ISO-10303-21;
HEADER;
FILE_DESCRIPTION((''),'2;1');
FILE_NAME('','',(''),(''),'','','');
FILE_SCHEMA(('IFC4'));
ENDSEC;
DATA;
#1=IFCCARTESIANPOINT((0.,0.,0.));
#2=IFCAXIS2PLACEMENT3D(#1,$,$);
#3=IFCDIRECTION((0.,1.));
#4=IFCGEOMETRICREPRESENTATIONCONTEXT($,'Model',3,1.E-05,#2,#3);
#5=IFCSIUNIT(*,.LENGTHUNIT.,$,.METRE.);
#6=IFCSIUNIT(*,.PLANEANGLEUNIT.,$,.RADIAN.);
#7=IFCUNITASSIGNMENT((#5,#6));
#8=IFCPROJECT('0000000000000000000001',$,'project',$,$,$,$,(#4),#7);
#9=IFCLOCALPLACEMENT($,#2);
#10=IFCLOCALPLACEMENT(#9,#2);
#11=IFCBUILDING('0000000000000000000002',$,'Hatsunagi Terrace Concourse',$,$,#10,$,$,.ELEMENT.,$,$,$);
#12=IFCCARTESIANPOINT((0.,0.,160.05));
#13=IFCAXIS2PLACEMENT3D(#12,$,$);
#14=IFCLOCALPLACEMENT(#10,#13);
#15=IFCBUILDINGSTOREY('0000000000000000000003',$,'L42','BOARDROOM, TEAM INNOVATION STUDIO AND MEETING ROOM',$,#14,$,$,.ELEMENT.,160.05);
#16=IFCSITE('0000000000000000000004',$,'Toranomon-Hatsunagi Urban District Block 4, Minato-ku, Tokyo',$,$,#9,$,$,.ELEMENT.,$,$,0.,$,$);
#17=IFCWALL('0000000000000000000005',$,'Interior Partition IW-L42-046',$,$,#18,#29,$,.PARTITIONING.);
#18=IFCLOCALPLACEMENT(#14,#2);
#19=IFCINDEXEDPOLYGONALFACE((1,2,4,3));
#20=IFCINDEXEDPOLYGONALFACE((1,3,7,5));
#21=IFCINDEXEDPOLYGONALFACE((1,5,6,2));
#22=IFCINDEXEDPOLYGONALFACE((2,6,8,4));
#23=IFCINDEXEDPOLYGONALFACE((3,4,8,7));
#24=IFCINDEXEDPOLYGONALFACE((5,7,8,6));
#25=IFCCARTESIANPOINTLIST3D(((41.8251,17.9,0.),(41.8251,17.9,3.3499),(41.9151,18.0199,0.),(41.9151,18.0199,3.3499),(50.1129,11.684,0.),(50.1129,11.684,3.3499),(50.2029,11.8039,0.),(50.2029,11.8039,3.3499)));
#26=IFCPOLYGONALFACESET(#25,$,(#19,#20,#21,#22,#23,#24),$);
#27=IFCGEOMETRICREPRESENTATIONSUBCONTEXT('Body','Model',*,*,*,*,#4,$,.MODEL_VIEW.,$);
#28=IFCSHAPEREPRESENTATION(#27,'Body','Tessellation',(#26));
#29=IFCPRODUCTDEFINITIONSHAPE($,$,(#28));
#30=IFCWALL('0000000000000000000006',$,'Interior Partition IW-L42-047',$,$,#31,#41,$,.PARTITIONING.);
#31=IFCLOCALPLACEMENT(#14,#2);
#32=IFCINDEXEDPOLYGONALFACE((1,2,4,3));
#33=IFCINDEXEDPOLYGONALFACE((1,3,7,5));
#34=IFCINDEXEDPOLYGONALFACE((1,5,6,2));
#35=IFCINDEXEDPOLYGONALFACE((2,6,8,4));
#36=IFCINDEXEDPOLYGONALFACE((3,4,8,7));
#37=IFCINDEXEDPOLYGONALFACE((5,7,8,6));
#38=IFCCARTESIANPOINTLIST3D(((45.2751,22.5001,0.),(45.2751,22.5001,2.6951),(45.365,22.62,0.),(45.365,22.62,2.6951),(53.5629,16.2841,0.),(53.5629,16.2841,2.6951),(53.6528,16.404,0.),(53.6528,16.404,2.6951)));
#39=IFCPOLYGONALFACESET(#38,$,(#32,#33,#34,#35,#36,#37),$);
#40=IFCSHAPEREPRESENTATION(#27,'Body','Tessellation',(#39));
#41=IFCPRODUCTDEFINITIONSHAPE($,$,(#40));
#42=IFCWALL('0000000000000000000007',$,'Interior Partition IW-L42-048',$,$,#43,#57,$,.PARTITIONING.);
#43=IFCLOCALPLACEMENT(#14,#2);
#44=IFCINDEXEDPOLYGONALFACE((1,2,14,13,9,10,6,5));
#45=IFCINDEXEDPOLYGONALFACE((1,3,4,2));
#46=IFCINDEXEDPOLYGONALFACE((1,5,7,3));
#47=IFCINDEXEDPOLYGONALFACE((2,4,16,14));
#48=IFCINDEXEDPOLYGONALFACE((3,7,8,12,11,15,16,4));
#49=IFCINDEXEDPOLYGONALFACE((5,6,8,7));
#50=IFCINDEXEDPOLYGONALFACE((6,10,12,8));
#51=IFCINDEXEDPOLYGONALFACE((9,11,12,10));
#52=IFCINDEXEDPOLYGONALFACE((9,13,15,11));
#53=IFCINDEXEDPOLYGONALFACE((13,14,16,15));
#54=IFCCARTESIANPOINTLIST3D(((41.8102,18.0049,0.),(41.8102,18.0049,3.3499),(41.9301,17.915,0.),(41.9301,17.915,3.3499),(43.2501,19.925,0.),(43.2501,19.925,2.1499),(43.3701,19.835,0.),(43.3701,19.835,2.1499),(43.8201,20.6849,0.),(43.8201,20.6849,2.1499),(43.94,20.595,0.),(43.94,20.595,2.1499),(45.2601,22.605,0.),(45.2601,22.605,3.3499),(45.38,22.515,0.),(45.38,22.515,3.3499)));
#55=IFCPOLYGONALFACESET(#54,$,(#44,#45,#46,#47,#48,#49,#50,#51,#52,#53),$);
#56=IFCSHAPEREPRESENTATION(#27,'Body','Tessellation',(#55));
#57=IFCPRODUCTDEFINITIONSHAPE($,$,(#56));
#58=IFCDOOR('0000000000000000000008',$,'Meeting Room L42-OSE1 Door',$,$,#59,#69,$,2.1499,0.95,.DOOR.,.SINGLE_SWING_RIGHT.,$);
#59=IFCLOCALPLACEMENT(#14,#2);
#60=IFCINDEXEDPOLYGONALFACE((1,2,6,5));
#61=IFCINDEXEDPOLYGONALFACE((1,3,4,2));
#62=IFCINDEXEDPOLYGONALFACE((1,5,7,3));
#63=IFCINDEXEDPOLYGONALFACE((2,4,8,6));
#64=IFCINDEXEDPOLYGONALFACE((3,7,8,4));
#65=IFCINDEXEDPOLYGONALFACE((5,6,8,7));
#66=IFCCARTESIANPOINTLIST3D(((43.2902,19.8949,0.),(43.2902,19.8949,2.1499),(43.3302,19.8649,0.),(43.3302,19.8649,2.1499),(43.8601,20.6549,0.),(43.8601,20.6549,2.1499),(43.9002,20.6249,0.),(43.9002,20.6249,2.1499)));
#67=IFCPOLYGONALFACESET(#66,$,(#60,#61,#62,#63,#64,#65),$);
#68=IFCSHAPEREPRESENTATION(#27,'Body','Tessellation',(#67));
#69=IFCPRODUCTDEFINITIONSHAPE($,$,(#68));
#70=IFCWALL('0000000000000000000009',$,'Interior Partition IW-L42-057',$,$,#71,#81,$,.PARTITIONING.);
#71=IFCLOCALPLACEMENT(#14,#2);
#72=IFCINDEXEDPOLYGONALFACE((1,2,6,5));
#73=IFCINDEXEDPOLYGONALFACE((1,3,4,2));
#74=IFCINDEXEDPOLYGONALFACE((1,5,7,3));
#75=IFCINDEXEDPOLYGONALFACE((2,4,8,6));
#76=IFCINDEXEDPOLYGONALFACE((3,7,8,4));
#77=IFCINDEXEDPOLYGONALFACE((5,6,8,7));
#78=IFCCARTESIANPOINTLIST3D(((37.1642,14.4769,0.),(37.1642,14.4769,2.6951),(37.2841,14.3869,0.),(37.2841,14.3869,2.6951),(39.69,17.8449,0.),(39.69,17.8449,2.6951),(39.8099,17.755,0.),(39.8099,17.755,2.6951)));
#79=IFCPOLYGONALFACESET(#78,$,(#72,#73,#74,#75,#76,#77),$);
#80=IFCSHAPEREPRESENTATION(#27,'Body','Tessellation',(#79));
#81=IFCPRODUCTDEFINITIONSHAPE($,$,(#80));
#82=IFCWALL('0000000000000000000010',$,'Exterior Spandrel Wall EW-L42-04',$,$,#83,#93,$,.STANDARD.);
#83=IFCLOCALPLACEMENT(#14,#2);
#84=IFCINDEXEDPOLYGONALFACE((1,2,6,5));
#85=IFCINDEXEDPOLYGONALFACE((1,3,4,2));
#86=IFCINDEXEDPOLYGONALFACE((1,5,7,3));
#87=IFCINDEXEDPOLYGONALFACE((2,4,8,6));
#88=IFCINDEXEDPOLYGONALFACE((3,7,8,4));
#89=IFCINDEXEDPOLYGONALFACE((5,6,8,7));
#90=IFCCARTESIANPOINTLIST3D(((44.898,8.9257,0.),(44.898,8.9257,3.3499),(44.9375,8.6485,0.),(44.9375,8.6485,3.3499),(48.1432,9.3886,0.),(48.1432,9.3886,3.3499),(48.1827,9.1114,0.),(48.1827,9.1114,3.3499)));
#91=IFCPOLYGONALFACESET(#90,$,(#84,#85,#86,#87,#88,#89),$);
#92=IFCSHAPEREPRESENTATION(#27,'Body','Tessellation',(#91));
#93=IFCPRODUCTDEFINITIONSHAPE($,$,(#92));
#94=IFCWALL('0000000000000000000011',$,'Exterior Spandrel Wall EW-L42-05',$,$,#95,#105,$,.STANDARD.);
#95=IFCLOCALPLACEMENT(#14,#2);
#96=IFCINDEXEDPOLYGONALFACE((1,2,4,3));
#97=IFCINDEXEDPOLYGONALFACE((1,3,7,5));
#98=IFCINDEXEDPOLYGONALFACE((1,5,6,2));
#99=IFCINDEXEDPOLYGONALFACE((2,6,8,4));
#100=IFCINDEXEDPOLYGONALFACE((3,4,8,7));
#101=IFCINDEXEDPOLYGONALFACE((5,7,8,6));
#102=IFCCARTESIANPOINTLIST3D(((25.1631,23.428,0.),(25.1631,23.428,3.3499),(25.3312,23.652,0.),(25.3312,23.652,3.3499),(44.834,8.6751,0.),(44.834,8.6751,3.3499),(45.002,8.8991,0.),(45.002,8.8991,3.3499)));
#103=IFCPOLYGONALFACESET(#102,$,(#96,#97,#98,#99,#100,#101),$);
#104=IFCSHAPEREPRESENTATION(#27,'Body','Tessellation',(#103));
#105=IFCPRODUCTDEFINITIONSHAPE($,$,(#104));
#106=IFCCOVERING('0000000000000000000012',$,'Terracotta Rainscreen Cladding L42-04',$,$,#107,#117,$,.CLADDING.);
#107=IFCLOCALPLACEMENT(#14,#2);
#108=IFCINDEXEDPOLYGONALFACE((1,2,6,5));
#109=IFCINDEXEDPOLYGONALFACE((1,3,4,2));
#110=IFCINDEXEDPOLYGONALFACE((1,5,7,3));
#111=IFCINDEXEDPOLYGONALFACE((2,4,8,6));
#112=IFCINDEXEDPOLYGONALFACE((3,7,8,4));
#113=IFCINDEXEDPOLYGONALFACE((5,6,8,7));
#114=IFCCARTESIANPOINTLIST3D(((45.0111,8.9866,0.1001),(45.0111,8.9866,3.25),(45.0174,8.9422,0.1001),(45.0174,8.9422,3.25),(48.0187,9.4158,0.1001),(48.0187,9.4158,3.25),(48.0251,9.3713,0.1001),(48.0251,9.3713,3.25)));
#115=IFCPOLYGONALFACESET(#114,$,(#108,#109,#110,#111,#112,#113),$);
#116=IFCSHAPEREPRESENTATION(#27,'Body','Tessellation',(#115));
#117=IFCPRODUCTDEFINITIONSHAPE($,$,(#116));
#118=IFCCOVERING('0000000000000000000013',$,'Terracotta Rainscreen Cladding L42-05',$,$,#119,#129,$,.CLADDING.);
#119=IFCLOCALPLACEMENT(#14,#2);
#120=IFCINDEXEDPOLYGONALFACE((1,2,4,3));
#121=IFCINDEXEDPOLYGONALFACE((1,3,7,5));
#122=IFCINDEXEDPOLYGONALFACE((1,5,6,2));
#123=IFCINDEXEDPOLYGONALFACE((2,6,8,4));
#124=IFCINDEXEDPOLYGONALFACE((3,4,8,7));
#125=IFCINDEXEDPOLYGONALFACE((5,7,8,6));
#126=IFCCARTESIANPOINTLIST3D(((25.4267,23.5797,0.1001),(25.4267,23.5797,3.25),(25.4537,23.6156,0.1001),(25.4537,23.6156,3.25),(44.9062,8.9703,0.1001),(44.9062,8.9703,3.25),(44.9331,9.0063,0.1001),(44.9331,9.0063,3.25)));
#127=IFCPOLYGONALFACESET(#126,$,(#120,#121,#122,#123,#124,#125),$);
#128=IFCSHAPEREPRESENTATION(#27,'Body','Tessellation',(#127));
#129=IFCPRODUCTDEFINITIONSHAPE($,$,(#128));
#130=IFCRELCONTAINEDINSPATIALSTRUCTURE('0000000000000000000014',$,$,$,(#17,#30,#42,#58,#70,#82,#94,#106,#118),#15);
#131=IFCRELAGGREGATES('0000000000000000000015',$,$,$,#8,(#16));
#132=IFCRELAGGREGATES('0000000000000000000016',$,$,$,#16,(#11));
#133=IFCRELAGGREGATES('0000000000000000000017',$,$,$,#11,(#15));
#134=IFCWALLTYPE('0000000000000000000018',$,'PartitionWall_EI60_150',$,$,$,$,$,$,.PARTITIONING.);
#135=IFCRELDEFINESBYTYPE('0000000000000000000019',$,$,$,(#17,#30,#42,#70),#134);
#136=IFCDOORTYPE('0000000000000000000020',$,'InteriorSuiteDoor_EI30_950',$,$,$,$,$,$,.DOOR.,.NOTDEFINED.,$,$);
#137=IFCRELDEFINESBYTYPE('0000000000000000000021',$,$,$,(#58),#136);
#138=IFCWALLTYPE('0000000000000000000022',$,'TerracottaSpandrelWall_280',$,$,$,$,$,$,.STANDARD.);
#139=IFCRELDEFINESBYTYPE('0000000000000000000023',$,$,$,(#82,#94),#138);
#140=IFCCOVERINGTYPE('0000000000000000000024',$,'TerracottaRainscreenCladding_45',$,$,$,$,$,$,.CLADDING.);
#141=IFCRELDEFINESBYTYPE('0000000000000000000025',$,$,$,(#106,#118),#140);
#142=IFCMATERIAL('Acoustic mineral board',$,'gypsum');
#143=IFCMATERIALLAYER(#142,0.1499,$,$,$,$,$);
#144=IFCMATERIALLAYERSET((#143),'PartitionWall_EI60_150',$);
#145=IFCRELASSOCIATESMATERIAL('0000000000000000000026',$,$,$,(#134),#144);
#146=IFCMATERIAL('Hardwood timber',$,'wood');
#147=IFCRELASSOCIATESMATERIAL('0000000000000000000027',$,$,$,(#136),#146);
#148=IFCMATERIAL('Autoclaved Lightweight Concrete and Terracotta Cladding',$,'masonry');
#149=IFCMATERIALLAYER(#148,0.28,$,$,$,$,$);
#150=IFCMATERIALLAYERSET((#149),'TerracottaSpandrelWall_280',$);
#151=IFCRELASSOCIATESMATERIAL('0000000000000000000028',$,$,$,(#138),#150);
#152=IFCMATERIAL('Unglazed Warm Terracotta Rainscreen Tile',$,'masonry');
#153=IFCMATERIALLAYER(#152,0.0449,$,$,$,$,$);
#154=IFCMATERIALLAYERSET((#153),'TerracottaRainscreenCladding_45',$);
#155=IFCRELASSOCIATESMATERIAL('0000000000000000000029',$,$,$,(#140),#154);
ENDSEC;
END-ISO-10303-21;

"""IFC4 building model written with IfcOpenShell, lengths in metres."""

from ifc_helpers import new_model, si_unit, direction, frame, frame_2d, origin, origin_2d, place, context, subcontext, project, spatial, rectangle, extrude, material, layer, layer_set, type_object, element, fill, save


model = new_model("IFC4")

# Units and contexts
model_context = context("Model", 3, precision=1e-05, world=origin(), true_north=direction((0.0, 1.0)))
body_context = subcontext(model_context, "Body", "Model", "MODEL_VIEW")
ifc_project = project(units=[si_unit("LENGTHUNIT", "METRE"), si_unit("PLANEANGLEUNIT", "RADIAN")], contexts=[model_context])

# Site, building, storey
site_placement = place(None, origin())
site = spatial("IfcSite", under=ifc_project, at=site_placement, Name="Toranomon-Hatsunagi Urban District Block 4, Minato-ku, Tokyo", CompositionType="ELEMENT", RefElevation=0.0)
building_placement = place(site_placement, origin())
building = spatial("IfcBuilding", under=site, at=building_placement, Name="Hatsunagi Terrace Concourse", CompositionType="ELEMENT")
storey_placement = place(building_placement, frame((0.0, 0.0, 160.05)))
storey = spatial("IfcBuildingStorey", under=building, at=storey_placement, Name="L42", Description="BOARDROOM, TEAM INNOVATION STUDIO AND MEETING ROOM", CompositionType="ELEMENT", Elevation=160.05)

# Walls
ifc_material_1 = material(Name="Acoustic mineral board", Category="gypsum")
ifc_layer_1 = layer(ifc_material_1, 0.1499)
ifc_layer_set_1 = layer_set([ifc_layer_1], Name="PartitionWall_EI60_150")
wall_type_1 = type_object("IfcWallType", Name="PartitionWall_EI60_150", PredefinedType="PARTITIONING", material=ifc_layer_set_1)
wall_1_placement = place(storey_placement, frame((41.8701, 17.96, 0.0), z_axis=(0.0, 0.0, 1.0), x_axis=(0.799992, -0.600011, 0.0)))
element("IfcWall", 1, at=wall_1_placement, inside=storey, type_object=wall_type_1, Name="Interior Partition IW-L42-046", PredefinedType="PARTITIONING", context=body_context, shape_type="SweptSolid", body=[
    extrude(rectangle(XDim=10.3599, YDim=0.1499, at=frame_2d((5.1799, 0.0))), origin(), (0.0, 0.0, 1.0), 3.3499),
])
wall_2_placement = place(storey_placement, frame((45.3201, 22.5601, 0.0), z_axis=(0.0, 0.0, 1.0), x_axis=(0.799992, -0.600011, 0.0)))
element("IfcWall", 2, at=wall_2_placement, inside=storey, type_object=wall_type_1, Name="Interior Partition IW-L42-047", PredefinedType="PARTITIONING", context=body_context, shape_type="SweptSolid", body=[
    extrude(rectangle(XDim=10.3599, YDim=0.1499, at=frame_2d((5.1799, 0.0))), origin(), (0.0, 0.0, 1.0), 2.6951),
])

# Wall, opening, door
wall_3_placement = place(storey_placement, frame((41.8701, 17.96, 0.0), z_axis=(0.0, 0.0, 1.0), x_axis=(0.599986, 0.80001, 0.0)))
wall_3 = element("IfcWall", 3, at=wall_3_placement, inside=storey, type_object=wall_type_1, Name="Interior Partition IW-L42-048", PredefinedType="PARTITIONING", context=body_context, shape_type="SweptSolid", body=[
    extrude(rectangle(XDim=5.75, YDim=0.1499, at=frame_2d((2.875, 0.0))), origin(), (0.0, 0.0, 1.0), 3.3499),
])
opening_placement = place(wall_3_placement, frame((2.3999, 0.0, 0.0)))
opening = element("IfcOpeningElement", 4, at=opening_placement, cuts=wall_3, PredefinedType="OPENING", context=body_context, shape_type="SweptSolid", body=[
    extrude(rectangle(XDim=0.95, YDim=2.1499, at=frame_2d((0.4751, 1.075))), frame((0.0, 0.085, 0.0), z_axis=(0.0, -1.0, 0.0), x_axis=(1.0, 0.0, 0.0)), (0.0, 0.0, 1.0), 0.1699),
])
ifc_material_2 = material(Name="Hardwood timber", Category="wood")
door_type = type_object("IfcDoorType", Name="InteriorSuiteDoor_EI30_950", OperationType="NOTDEFINED", PredefinedType="DOOR", material=ifc_material_2)
door_placement = place(opening_placement, origin())
door = element("IfcDoor", 5, at=door_placement, inside=storey, type_object=door_type, Name="Meeting Room L42-OSE1 Door", OperationType="SINGLE_SWING_RIGHT", OverallHeight=2.1499, OverallWidth=0.95, PredefinedType="DOOR", context=body_context, shape_type="SweptSolid", body=[
    extrude(rectangle(XDim=0.95, YDim=2.1499, at=frame_2d((0.4751, 1.075))), frame((0.0, 0.0249, 0.0), z_axis=(0.0, -1.0, 0.0), x_axis=(1.0, 0.0, 0.0)), (0.0, 0.0, 1.0), 0.05),
])
fill(opening, door)

# Walls
wall_4_placement = place(storey_placement, frame((37.2241, 14.4319, 0.0), z_axis=(0.0, 0.0, 1.0), x_axis=(0.599963, 0.800028, 0.0)))
element("IfcWall", 6, at=wall_4_placement, inside=storey, type_object=wall_type_1, Name="Interior Partition IW-L42-057", PredefinedType="PARTITIONING", context=body_context, shape_type="SweptSolid", body=[
    extrude(rectangle(XDim=4.21, YDim=0.1499, at=frame_2d((2.105, 0.0))), origin(), (0.0, 0.0, 1.0), 2.6951),
])
ifc_material_3 = material(Name="Autoclaved Lightweight Concrete and Terracotta Cladding", Category="masonry")
ifc_layer_2 = layer(ifc_material_3, 0.28)
ifc_layer_set_2 = layer_set([ifc_layer_2], Name="TerracottaSpandrelWall_280")
wall_type_2 = type_object("IfcWallType", Name="TerracottaSpandrelWall_280", PredefinedType="STANDARD", material=ifc_layer_set_2)
wall_5_placement = place(storey_placement, frame((48.1631, 9.25, 0.0), z_axis=(0.0, 0.0, 1.0), x_axis=(-0.989979, -0.141213, 0.0)))
element("IfcWall", 7, at=wall_5_placement, inside=storey, type_object=wall_type_2, Name="Exterior Spandrel Wall EW-L42-04", PredefinedType="STANDARD", context=body_context, shape_type="SweptSolid", body=[
    extrude(rectangle(XDim=3.2781, YDim=0.28, at=frame_2d((1.6392, 0.0))), origin(), (0.0, 0.0, 1.0), 3.3499),
])
wall_6_placement = place(storey_placement, frame((44.918, 8.7871, 0.0), z_axis=(0.0, 0.0, 1.0), x_axis=(-0.800005, 0.599994, 0.0)))
element("IfcWall", 8, at=wall_6_placement, inside=storey, type_object=wall_type_2, Name="Exterior Spandrel Wall EW-L42-05", PredefinedType="STANDARD", context=body_context, shape_type="SweptSolid", body=[
    extrude(rectangle(XDim=24.5884, YDim=0.28, at=frame_2d((12.2942, 0.0))), origin(), (0.0, 0.0, 1.0), 3.3499),
])

# Coverings
ifc_material_4 = material(Name="Unglazed Warm Terracotta Rainscreen Tile", Category="masonry")
ifc_layer_3 = layer(ifc_material_4, 0.0449)
ifc_layer_set_3 = layer_set([ifc_layer_3], Name="TerracottaRainscreenCladding_45")
covering_type = type_object("IfcCoveringType", Name="TerracottaRainscreenCladding_45", PredefinedType="CLADDING", material=ifc_layer_set_3)
covering_1_placement = place(storey_placement, frame((46.5181, 9.179, 0.1001), z_axis=(0.0, 0.0, 1.0), x_axis=(-0.989974, -0.14125, 0.0)))
element("IfcCovering", 9, at=covering_1_placement, inside=storey, type_object=covering_type, Name="Terracotta Rainscreen Cladding L42-04", PredefinedType="CLADDING", context=body_context, shape_type="SweptSolid", body=[
    extrude(rectangle(XDim=3.0381, YDim=0.0449, at=origin_2d()), origin(), (0.0, 0.0, 1.0), 3.1499),
])
covering_2_placement = place(storey_placement, frame((35.1799, 16.293, 0.1001), z_axis=(0.0, 0.0, 1.0), x_axis=(-0.800005, 0.599993, 0.0)))
element("IfcCovering", 10, at=covering_2_placement, inside=storey, type_object=covering_type, Name="Terracotta Rainscreen Cladding L42-05", PredefinedType="CLADDING", context=body_context, shape_type="SweptSolid", body=[
    extrude(rectangle(XDim=24.3491, YDim=0.0449, at=origin_2d()), origin(), (0.0, 0.0, 1.0), 3.1499),
])

save(model, "model.ifc")
